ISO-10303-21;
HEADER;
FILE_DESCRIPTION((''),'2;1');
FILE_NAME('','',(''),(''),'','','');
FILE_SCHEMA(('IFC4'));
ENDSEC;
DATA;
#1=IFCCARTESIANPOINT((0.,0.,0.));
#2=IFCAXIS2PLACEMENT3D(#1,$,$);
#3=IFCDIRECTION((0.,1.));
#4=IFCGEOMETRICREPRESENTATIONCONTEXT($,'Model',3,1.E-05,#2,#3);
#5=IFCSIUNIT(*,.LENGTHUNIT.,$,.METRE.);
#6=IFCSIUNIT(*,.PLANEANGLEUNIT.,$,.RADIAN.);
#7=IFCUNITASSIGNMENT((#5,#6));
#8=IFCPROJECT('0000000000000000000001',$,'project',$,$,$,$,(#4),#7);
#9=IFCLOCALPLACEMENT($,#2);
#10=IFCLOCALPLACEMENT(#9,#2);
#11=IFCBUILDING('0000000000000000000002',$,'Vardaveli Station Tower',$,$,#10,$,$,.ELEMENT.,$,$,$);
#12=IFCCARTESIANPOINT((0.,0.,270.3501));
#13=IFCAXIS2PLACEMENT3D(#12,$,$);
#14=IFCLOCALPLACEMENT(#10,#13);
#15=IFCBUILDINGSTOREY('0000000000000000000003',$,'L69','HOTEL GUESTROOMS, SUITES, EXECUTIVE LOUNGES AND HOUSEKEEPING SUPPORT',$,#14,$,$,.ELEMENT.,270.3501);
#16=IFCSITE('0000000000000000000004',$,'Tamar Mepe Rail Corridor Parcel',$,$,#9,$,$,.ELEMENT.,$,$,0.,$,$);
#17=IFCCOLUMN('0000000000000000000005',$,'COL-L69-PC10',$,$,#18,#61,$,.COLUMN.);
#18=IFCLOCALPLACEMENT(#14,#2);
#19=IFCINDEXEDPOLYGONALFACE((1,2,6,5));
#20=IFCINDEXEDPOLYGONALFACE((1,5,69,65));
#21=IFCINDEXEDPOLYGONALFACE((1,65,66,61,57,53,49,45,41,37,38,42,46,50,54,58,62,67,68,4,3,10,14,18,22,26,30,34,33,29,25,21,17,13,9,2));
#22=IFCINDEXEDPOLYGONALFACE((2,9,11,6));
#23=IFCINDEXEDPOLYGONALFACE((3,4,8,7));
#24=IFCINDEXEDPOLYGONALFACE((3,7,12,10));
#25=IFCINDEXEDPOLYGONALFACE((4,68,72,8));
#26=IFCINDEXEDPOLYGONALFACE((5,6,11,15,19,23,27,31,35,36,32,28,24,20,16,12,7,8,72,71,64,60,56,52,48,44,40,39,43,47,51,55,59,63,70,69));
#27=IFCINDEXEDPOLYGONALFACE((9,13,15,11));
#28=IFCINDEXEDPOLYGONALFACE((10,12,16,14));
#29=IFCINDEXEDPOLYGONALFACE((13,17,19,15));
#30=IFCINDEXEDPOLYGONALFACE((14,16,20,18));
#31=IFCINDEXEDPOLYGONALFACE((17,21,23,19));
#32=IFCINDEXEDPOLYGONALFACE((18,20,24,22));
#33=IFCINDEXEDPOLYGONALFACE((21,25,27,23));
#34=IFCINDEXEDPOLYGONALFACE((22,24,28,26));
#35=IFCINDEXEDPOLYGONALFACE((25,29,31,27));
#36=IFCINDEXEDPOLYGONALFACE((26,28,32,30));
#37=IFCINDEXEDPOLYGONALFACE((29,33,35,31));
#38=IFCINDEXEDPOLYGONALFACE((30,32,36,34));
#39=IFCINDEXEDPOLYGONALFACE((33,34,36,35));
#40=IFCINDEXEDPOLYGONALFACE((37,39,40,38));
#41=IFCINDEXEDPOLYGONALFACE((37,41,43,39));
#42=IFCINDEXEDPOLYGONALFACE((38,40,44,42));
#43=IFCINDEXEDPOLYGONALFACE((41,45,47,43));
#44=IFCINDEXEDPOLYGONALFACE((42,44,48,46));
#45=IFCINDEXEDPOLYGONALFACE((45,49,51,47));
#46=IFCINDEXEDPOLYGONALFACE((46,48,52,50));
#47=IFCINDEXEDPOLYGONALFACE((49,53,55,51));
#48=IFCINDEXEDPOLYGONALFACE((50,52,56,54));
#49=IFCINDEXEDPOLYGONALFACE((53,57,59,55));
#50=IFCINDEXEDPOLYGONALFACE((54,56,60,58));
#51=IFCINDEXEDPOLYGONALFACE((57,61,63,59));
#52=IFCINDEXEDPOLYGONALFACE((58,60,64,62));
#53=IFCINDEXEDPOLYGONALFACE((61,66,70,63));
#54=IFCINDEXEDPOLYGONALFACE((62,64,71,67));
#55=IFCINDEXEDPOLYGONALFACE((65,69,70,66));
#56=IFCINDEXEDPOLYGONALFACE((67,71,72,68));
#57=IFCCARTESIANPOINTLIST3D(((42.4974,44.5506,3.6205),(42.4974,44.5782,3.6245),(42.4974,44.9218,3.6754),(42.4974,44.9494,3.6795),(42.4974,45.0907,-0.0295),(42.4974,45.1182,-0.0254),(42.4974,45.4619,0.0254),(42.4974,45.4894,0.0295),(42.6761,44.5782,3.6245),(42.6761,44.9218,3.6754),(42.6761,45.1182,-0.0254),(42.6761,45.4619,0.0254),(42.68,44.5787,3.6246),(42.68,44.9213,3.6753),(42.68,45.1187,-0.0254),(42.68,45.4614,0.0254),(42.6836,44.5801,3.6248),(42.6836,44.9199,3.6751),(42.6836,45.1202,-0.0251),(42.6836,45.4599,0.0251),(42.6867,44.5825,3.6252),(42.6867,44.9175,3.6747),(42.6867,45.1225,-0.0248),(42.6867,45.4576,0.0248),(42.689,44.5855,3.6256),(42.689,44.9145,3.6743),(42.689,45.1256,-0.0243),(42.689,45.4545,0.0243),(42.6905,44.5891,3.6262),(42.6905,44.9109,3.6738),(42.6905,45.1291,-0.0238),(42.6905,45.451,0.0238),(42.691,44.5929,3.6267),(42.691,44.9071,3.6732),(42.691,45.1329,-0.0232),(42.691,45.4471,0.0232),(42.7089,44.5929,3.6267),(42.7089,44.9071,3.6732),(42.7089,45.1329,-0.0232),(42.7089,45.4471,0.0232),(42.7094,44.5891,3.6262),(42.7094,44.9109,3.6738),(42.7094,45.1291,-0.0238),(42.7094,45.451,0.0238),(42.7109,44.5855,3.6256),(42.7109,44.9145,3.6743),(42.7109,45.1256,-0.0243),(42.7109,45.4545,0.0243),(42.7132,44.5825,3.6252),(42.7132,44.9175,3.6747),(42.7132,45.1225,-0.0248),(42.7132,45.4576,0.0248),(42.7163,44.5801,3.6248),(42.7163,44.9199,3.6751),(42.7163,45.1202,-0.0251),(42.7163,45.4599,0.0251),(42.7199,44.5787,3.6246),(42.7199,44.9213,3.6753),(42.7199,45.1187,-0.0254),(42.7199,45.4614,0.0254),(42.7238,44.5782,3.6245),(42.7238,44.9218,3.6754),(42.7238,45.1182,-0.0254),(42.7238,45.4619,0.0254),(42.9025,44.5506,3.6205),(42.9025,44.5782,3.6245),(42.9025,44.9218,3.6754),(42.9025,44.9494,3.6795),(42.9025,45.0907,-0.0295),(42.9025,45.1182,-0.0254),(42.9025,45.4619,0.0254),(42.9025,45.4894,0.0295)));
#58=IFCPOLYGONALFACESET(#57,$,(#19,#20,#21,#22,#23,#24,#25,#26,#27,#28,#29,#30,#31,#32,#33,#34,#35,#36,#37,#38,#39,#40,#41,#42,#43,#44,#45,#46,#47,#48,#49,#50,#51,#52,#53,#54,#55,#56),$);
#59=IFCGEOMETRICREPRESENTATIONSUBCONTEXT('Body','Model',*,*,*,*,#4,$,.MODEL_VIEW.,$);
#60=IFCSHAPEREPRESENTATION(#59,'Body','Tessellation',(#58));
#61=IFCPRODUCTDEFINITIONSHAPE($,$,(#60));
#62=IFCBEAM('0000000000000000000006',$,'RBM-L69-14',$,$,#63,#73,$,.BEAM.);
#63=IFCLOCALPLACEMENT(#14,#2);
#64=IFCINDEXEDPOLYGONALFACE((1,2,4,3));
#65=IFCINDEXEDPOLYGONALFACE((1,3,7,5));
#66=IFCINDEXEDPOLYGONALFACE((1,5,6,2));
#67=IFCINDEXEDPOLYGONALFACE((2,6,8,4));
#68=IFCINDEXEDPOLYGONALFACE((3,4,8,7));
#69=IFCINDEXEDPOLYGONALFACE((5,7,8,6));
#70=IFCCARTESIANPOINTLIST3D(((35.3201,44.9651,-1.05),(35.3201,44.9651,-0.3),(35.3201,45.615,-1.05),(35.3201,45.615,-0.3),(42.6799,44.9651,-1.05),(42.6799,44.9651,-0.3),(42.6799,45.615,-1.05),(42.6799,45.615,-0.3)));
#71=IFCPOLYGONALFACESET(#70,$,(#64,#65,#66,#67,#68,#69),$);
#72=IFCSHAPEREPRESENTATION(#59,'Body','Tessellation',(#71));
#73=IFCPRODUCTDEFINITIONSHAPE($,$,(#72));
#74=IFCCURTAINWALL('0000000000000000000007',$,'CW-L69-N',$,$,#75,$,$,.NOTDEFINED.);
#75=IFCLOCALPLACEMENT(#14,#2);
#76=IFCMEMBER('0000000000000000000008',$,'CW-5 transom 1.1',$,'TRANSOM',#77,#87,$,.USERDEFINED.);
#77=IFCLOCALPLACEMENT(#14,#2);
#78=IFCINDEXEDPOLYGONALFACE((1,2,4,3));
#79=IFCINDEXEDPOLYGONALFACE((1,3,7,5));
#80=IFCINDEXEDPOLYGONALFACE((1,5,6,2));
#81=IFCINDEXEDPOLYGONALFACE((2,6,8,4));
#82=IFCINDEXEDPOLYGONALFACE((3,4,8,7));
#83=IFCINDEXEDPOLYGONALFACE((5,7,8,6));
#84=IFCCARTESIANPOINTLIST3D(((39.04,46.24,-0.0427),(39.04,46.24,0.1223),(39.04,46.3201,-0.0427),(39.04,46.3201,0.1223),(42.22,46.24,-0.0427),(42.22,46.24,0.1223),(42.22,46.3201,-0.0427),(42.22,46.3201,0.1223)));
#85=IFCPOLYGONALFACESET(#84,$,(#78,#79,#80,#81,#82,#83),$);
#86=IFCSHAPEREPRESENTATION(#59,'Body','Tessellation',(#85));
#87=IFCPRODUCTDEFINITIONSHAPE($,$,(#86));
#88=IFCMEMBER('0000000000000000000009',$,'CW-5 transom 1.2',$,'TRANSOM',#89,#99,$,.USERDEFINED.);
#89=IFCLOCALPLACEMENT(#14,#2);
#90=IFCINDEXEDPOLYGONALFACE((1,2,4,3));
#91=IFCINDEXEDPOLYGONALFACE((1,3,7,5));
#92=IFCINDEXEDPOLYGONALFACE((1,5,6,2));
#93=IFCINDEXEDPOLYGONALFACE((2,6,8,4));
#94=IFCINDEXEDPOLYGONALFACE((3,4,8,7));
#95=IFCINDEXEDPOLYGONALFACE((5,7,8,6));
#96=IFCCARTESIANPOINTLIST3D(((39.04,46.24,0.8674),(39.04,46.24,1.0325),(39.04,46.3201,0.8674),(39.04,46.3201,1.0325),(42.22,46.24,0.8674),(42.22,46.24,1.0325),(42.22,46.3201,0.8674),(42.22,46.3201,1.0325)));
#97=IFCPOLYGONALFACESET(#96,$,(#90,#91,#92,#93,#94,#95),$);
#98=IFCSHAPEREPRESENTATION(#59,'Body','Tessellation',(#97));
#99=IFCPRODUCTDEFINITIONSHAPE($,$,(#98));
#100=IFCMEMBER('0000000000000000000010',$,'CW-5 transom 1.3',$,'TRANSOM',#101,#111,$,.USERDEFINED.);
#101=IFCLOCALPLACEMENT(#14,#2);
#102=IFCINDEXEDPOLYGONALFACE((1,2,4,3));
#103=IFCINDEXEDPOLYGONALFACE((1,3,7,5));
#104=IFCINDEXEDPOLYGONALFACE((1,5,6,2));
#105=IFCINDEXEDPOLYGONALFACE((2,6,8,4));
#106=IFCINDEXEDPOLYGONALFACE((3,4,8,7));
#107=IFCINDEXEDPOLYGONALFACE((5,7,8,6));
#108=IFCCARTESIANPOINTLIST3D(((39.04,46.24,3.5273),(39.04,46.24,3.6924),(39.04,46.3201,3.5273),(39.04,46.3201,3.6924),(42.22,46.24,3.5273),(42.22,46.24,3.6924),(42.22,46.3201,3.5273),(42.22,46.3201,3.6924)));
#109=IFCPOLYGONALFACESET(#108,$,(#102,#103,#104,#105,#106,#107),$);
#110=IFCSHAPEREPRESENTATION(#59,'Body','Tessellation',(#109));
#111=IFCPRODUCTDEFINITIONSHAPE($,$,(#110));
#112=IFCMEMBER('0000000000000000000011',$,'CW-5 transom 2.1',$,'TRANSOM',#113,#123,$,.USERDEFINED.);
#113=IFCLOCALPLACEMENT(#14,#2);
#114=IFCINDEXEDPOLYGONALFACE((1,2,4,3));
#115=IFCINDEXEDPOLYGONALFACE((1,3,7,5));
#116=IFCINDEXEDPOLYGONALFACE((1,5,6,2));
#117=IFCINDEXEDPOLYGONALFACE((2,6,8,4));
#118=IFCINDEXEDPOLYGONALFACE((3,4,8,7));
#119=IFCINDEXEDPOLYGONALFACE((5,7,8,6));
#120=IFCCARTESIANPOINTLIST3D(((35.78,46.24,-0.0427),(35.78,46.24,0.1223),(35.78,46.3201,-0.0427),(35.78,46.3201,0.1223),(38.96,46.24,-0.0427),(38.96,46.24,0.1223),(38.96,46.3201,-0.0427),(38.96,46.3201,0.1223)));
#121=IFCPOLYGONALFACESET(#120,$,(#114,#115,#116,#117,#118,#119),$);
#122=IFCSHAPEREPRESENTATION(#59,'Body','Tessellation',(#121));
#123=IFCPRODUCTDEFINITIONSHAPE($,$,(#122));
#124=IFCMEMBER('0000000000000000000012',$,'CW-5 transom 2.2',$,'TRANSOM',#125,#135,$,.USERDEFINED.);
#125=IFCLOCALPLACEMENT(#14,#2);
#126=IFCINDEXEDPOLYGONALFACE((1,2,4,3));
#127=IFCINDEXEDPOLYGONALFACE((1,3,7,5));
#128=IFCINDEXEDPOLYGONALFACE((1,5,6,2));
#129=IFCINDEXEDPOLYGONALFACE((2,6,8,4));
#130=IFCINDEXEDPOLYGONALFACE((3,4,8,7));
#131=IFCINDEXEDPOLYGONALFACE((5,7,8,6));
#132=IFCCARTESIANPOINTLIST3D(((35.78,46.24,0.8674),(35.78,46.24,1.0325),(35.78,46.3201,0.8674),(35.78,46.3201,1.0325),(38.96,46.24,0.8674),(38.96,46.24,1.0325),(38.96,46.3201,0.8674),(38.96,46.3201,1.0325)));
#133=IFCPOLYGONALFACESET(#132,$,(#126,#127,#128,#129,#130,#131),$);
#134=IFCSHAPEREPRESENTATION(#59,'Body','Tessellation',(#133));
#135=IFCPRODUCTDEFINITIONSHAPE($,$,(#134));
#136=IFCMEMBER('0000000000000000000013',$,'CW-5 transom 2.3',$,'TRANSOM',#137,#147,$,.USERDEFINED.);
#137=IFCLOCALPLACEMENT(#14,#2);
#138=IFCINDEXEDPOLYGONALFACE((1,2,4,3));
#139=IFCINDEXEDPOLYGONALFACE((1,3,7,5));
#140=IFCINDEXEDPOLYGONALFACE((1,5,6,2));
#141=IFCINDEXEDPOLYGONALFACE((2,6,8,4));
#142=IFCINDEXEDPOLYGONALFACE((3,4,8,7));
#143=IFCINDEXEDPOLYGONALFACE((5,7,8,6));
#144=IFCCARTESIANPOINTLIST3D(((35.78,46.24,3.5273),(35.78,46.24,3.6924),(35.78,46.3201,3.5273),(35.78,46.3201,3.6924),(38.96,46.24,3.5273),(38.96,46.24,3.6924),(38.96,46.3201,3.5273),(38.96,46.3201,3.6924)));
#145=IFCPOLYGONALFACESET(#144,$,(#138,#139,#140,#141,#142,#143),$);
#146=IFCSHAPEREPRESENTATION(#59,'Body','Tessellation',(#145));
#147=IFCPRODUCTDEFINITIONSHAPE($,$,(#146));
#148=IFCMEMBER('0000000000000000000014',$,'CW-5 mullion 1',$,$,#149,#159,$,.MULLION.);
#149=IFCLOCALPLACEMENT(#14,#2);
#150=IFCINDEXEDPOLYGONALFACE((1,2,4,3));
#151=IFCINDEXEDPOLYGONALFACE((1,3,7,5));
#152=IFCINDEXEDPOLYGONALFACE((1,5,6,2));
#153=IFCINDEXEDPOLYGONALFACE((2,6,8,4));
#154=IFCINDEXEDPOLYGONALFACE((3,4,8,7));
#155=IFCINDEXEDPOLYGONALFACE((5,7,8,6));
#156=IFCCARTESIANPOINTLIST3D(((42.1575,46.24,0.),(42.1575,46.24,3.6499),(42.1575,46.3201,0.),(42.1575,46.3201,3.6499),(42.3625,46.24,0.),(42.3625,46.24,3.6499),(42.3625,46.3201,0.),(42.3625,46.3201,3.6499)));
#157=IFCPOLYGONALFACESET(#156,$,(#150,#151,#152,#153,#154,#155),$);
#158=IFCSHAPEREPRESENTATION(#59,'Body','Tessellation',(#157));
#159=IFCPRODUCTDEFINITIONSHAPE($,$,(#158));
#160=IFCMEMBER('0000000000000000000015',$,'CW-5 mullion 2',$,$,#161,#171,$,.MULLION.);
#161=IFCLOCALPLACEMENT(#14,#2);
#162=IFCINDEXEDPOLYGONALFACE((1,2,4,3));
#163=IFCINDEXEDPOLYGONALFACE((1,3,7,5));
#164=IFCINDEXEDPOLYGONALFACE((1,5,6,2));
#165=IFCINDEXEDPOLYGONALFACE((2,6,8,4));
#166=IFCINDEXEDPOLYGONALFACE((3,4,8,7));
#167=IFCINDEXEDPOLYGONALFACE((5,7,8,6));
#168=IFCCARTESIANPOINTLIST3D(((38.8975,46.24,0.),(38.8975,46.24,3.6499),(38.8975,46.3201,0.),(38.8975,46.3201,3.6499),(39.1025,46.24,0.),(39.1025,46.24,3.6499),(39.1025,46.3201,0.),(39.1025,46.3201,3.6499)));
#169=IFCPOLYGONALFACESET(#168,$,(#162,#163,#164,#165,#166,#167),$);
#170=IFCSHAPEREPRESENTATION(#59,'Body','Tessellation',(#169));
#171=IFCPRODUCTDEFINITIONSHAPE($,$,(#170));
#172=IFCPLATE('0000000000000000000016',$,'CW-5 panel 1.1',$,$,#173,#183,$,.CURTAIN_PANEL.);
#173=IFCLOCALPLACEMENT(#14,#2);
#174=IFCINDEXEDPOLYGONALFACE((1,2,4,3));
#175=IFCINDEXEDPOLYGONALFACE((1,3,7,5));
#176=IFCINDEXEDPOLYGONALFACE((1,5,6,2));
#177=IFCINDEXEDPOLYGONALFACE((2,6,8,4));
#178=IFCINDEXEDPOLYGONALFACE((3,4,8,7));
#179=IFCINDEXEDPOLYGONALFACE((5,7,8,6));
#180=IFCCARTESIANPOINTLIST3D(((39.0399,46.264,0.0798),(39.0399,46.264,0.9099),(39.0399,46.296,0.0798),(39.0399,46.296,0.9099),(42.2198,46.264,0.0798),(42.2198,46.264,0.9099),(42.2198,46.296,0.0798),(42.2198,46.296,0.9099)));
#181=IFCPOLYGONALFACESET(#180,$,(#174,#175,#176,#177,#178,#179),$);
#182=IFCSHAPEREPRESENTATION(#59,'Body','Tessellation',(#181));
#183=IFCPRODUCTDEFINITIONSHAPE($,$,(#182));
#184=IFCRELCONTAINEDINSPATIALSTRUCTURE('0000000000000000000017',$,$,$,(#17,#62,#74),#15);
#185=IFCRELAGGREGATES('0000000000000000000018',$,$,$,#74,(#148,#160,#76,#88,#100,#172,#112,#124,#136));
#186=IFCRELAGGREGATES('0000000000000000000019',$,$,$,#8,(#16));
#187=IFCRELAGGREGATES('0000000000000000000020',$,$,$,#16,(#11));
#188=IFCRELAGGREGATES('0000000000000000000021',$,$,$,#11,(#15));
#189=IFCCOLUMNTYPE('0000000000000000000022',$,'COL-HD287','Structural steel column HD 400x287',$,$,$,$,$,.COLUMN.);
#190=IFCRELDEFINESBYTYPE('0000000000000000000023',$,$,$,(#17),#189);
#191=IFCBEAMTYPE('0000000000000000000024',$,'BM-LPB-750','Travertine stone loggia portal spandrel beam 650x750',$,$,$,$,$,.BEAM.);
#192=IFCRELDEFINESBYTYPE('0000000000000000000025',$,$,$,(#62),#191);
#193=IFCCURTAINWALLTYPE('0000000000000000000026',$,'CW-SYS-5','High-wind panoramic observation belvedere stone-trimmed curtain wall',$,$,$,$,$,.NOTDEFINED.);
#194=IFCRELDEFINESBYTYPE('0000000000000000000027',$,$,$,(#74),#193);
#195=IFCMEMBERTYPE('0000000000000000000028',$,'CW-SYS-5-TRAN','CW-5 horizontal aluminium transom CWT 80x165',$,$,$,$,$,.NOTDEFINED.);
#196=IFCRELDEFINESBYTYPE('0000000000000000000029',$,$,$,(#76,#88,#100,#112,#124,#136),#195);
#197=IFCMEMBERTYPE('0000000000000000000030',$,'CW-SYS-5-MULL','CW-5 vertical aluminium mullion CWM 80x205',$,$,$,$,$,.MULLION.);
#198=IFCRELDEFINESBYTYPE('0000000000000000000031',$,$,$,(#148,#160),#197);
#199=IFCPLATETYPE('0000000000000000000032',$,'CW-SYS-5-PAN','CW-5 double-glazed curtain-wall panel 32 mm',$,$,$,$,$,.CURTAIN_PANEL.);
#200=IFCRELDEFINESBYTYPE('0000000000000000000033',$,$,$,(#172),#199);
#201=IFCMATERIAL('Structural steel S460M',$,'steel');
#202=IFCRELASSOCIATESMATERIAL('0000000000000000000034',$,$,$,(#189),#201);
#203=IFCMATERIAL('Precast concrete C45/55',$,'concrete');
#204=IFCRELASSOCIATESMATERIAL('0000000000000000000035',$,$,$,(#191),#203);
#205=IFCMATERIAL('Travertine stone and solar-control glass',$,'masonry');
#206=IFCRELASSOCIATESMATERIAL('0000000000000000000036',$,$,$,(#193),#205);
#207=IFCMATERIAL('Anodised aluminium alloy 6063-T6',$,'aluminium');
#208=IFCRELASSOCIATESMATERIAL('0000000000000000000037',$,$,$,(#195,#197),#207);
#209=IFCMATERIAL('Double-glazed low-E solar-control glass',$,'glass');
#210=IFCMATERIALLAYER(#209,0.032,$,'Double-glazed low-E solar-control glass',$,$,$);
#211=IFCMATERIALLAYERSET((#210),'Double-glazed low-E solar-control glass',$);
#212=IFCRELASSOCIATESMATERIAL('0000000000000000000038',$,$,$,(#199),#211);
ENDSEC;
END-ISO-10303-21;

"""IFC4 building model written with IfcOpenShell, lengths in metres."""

from ifc_helpers import new_model, si_unit, direction, frame, origin, origin_2d, place, context, subcontext, project, spatial, rectangle, i_section, extrude, source, transform, mapped, material, layer, layer_set, material_profile, profile_set, type_object, element, aggregate, save


model = new_model("IFC4")

# Units and contexts
model_context = context("Model", 3, precision=1e-05, world=origin(), true_north=direction((0.0, 1.0)))
body_context = subcontext(model_context, "Body", "Model", "MODEL_VIEW")
ifc_project = project(units=[si_unit("LENGTHUNIT", "METRE"), si_unit("PLANEANGLEUNIT", "RADIAN")], contexts=[model_context])

# Site, building, storey
site_placement = place(None, origin())
site = spatial("IfcSite", under=ifc_project, at=site_placement, Name="Tamar Mepe Rail Corridor Parcel", CompositionType="ELEMENT", RefElevation=0.0)
building_placement = place(site_placement, origin())
building = spatial("IfcBuilding", under=site, at=building_placement, Name="Vardaveli Station Tower", CompositionType="ELEMENT")
storey_placement = place(building_placement, frame((0.0, 0.0, 270.3501)))
storey = spatial("IfcBuildingStorey", under=building, at=storey_placement, Name="L69", Description="HOTEL GUESTROOMS, SUITES, EXECUTIVE LOUNGES AND HOUSEKEEPING SUPPORT", CompositionType="ELEMENT", Elevation=270.3501)

# Column
ifc_material_1 = material(Name="Structural steel S460M", Category="steel")
ifc_material_profile_1 = material_profile(ifc_material_1, i_section(OverallWidth=0.405, OverallDepth=0.4031, WebThickness=0.0178, FlangeThickness=0.0278, FilletRadius=0.0149, at=origin_2d()), Name="HD 400x287")
ifc_profile_set_1 = profile_set([ifc_material_profile_1], Name="Structural steel S460M")
column_type = type_object("IfcColumnType", Name="COL-HD287", Description="Structural steel column HD 400x287", PredefinedType="COLUMN", material=ifc_profile_set_1)
shared_shape_1 = source(origin(), body_context, "Body", "SweptSolid", [
    extrude(i_section(OverallWidth=0.405, OverallDepth=0.4031, WebThickness=0.0178, FlangeThickness=0.0278, FilletRadius=0.0149, at=origin_2d()), origin(), (0.0, 0.0, 1.0), 3.6897),
])
column_placement = place(storey_placement, frame((42.7, 45.29, 0.0), z_axis=(0.0, -0.146366, 0.98923), x_axis=(1.0, 0.0, 0.0)))
element("IfcColumn", 1, at=column_placement, inside=storey, type_object=column_type, Name="COL-L69-PC10", PredefinedType="COLUMN", context=body_context, shape_type="MappedRepresentation", body=[
    mapped(shared_shape_1, transform((0.0, 0.0, 0.0), scale=1.0)),
])

# Beam
ifc_material_2 = material(Name="Precast concrete C45/55", Category="concrete")
ifc_material_profile_2 = material_profile(ifc_material_2, rectangle(XDim=0.6499, YDim=0.75, at=origin_2d()), Name="LPB 650x750")
ifc_profile_set_2 = profile_set([ifc_material_profile_2], Name="Precast concrete C45/55")
beam_type = type_object("IfcBeamType", Name="BM-LPB-750", Description="Travertine stone loggia portal spandrel beam 650x750", PredefinedType="BEAM", material=ifc_profile_set_2)
shared_shape_2 = source(origin(), body_context, "Body", "SweptSolid", [
    extrude(rectangle(XDim=0.6499, YDim=0.75, at=origin_2d()), origin(), (0.0, 0.0, 1.0), 7.3599),
])
beam_placement = place(storey_placement, frame((42.6799, 45.29, -0.675), z_axis=(-1.0, 0.0, 0.0), x_axis=(0.0, -1.0, 0.0)))
element("IfcBeam", 2, at=beam_placement, inside=storey, type_object=beam_type, Name="RBM-L69-14", PredefinedType="BEAM", context=body_context, shape_type="MappedRepresentation", body=[
    mapped(shared_shape_2, transform((0.0, 0.0, 0.0), scale=1.0)),
])

# Curtain wall, members, plate
ifc_material_3 = material(Name="Travertine stone and solar-control glass", Category="masonry")
curtain_wall_type = type_object("IfcCurtainWallType", Name="CW-SYS-5", Description="High-wind panoramic observation belvedere stone-trimmed curtain wall", PredefinedType="NOTDEFINED", material=ifc_material_3)
curtain_wall_placement = place(storey_placement, origin())
curtain_wall = element("IfcCurtainWall", 3, at=curtain_wall_placement, inside=storey, type_object=curtain_wall_type, Name="CW-L69-N", PredefinedType="NOTDEFINED")
ifc_material_4 = material(Name="Anodised aluminium alloy 6063-T6", Category="aluminium")
ifc_material_profile_3 = material_profile(ifc_material_4, rectangle(XDim=0.0801, YDim=0.165, at=origin_2d()), Name="CWT 80x165")
ifc_profile_set_3 = profile_set([ifc_material_profile_3], Name="Anodised aluminium alloy 6063-T6")
member_type_1 = type_object("IfcMemberType", Name="CW-SYS-5-TRAN", Description="CW-5 horizontal aluminium transom CWT 80x165", PredefinedType="NOTDEFINED", material=ifc_profile_set_3)
shared_shape_3 = source(origin(), body_context, "Body", "SweptSolid", [
    extrude(rectangle(XDim=0.0801, YDim=0.165, at=origin_2d()), origin(), (0.0, 0.0, 1.0), 3.1799),
])
member_1_placement = place(storey_placement, frame((42.22, 46.28, 0.0398), z_axis=(-1.0, 0.0, 0.0), x_axis=(0.0, -1.0, 0.0)))
member_1 = element("IfcMember", 4, at=member_1_placement, type_object=member_type_1, Name="CW-5 transom 1.1", ObjectType="TRANSOM", PredefinedType="USERDEFINED", context=body_context, shape_type="MappedRepresentation", body=[
    mapped(shared_shape_3, transform((0.0, 0.0, 0.0), scale=1.0)),
])
member_2_placement = place(storey_placement, frame((42.22, 46.28, 0.95), z_axis=(-1.0, 0.0, 0.0), x_axis=(0.0, -1.0, 0.0)))
member_2 = element("IfcMember", 5, at=member_2_placement, type_object=member_type_1, Name="CW-5 transom 1.2", ObjectType="TRANSOM", PredefinedType="USERDEFINED", context=body_context, shape_type="MappedRepresentation", body=[
    mapped(shared_shape_3, transform((0.0, 0.0, 0.0), scale=1.0)),
])
member_3_placement = place(storey_placement, frame((42.22, 46.28, 3.6099), z_axis=(-1.0, 0.0, 0.0), x_axis=(0.0, -1.0, 0.0)))
member_3 = element("IfcMember", 6, at=member_3_placement, type_object=member_type_1, Name="CW-5 transom 1.3", ObjectType="TRANSOM", PredefinedType="USERDEFINED", context=body_context, shape_type="MappedRepresentation", body=[
    mapped(shared_shape_3, transform((0.0, 0.0, 0.0), scale=1.0)),
])
member_4_placement = place(storey_placement, frame((38.96, 46.28, 0.0398), z_axis=(-1.0, 0.0, 0.0), x_axis=(0.0, -1.0, 0.0)))
member_4 = element("IfcMember", 7, at=member_4_placement, type_object=member_type_1, Name="CW-5 transom 2.1", ObjectType="TRANSOM", PredefinedType="USERDEFINED", context=body_context, shape_type="MappedRepresentation", body=[
    mapped(shared_shape_3, transform((0.0, 0.0, 0.0), scale=1.0)),
])
member_5_placement = place(storey_placement, frame((38.96, 46.28, 0.95), z_axis=(-1.0, 0.0, 0.0), x_axis=(0.0, -1.0, 0.0)))
member_5 = element("IfcMember", 8, at=member_5_placement, type_object=member_type_1, Name="CW-5 transom 2.2", ObjectType="TRANSOM", PredefinedType="USERDEFINED", context=body_context, shape_type="MappedRepresentation", body=[
    mapped(shared_shape_3, transform((0.0, 0.0, 0.0), scale=1.0)),
])
member_6_placement = place(storey_placement, frame((38.96, 46.28, 3.6099), z_axis=(-1.0, 0.0, 0.0), x_axis=(0.0, -1.0, 0.0)))
member_6 = element("IfcMember", 9, at=member_6_placement, type_object=member_type_1, Name="CW-5 transom 2.3", ObjectType="TRANSOM", PredefinedType="USERDEFINED", context=body_context, shape_type="MappedRepresentation", body=[
    mapped(shared_shape_3, transform((0.0, 0.0, 0.0), scale=1.0)),
])
ifc_material_profile_4 = material_profile(ifc_material_4, rectangle(XDim=0.0801, YDim=0.2051, at=origin_2d()), Name="CWM 80x205")
ifc_profile_set_4 = profile_set([ifc_material_profile_4], Name="Anodised aluminium alloy 6063-T6")
member_type_2 = type_object("IfcMemberType", Name="CW-SYS-5-MULL", Description="CW-5 vertical aluminium mullion CWM 80x205", PredefinedType="MULLION", material=ifc_profile_set_4)
shared_shape_4 = source(origin(), body_context, "Body", "SweptSolid", [
    extrude(rectangle(XDim=0.0801, YDim=0.2051, at=origin_2d()), origin(), (0.0, 0.0, 1.0), 3.6499),
])
member_7_placement = place(storey_placement, frame((42.26, 46.28, 0.0), z_axis=(0.0, 0.0, 1.0), x_axis=(0.0, -1.0, 0.0)))
member_7 = element("IfcMember", 10, at=member_7_placement, type_object=member_type_2, Name="CW-5 mullion 1", PredefinedType="MULLION", context=body_context, shape_type="MappedRepresentation", body=[
    mapped(shared_shape_4, transform((0.0, 0.0, 0.0), scale=1.0)),
])
member_8_placement = place(storey_placement, frame((39.0, 46.28, 0.0), z_axis=(0.0, 0.0, 1.0), x_axis=(0.0, -1.0, 0.0)))
member_8 = element("IfcMember", 11, at=member_8_placement, type_object=member_type_2, Name="CW-5 mullion 2", PredefinedType="MULLION", context=body_context, shape_type="MappedRepresentation", body=[
    mapped(shared_shape_4, transform((0.0, 0.0, 0.0), scale=1.0)),
])
ifc_material_5 = material(Name="Double-glazed low-E solar-control glass", Category="glass")
ifc_layer_1 = layer(ifc_material_5, 0.032, Name="Double-glazed low-E solar-control glass")
ifc_layer_set_1 = layer_set([ifc_layer_1], Name="Double-glazed low-E solar-control glass")
plate_type = type_object("IfcPlateType", Name="CW-SYS-5-PAN", Description="CW-5 double-glazed curtain-wall panel 32 mm", PredefinedType="CURTAIN_PANEL", material=ifc_layer_set_1)
shared_shape_5 = source(origin(), body_context, "Body", "SweptSolid", [
    extrude(rectangle(XDim=3.1799, YDim=0.032, at=origin_2d()), origin(), (0.0, 0.0, 1.0), 0.8301),
])
plate_1_placement = place(storey_placement, frame((40.6299, 46.28, 0.0798), z_axis=(0.0, 0.0, 1.0), x_axis=(-1.0, 0.0, 0.0)))
plate_1 = element("IfcPlate", 12, at=plate_1_placement, type_object=plate_type, Name="CW-5 panel 1.1", PredefinedType="CURTAIN_PANEL", context=body_context, shape_type="MappedRepresentation", body=[
    mapped(shared_shape_5, transform((0.0, 0.0, 0.0), scale=1.0)),
])
aggregate(curtain_wall, [member_7, member_8, member_1, member_2, member_3, plate_1, member_4, member_5, member_6])

save(model, "model.ifc")
